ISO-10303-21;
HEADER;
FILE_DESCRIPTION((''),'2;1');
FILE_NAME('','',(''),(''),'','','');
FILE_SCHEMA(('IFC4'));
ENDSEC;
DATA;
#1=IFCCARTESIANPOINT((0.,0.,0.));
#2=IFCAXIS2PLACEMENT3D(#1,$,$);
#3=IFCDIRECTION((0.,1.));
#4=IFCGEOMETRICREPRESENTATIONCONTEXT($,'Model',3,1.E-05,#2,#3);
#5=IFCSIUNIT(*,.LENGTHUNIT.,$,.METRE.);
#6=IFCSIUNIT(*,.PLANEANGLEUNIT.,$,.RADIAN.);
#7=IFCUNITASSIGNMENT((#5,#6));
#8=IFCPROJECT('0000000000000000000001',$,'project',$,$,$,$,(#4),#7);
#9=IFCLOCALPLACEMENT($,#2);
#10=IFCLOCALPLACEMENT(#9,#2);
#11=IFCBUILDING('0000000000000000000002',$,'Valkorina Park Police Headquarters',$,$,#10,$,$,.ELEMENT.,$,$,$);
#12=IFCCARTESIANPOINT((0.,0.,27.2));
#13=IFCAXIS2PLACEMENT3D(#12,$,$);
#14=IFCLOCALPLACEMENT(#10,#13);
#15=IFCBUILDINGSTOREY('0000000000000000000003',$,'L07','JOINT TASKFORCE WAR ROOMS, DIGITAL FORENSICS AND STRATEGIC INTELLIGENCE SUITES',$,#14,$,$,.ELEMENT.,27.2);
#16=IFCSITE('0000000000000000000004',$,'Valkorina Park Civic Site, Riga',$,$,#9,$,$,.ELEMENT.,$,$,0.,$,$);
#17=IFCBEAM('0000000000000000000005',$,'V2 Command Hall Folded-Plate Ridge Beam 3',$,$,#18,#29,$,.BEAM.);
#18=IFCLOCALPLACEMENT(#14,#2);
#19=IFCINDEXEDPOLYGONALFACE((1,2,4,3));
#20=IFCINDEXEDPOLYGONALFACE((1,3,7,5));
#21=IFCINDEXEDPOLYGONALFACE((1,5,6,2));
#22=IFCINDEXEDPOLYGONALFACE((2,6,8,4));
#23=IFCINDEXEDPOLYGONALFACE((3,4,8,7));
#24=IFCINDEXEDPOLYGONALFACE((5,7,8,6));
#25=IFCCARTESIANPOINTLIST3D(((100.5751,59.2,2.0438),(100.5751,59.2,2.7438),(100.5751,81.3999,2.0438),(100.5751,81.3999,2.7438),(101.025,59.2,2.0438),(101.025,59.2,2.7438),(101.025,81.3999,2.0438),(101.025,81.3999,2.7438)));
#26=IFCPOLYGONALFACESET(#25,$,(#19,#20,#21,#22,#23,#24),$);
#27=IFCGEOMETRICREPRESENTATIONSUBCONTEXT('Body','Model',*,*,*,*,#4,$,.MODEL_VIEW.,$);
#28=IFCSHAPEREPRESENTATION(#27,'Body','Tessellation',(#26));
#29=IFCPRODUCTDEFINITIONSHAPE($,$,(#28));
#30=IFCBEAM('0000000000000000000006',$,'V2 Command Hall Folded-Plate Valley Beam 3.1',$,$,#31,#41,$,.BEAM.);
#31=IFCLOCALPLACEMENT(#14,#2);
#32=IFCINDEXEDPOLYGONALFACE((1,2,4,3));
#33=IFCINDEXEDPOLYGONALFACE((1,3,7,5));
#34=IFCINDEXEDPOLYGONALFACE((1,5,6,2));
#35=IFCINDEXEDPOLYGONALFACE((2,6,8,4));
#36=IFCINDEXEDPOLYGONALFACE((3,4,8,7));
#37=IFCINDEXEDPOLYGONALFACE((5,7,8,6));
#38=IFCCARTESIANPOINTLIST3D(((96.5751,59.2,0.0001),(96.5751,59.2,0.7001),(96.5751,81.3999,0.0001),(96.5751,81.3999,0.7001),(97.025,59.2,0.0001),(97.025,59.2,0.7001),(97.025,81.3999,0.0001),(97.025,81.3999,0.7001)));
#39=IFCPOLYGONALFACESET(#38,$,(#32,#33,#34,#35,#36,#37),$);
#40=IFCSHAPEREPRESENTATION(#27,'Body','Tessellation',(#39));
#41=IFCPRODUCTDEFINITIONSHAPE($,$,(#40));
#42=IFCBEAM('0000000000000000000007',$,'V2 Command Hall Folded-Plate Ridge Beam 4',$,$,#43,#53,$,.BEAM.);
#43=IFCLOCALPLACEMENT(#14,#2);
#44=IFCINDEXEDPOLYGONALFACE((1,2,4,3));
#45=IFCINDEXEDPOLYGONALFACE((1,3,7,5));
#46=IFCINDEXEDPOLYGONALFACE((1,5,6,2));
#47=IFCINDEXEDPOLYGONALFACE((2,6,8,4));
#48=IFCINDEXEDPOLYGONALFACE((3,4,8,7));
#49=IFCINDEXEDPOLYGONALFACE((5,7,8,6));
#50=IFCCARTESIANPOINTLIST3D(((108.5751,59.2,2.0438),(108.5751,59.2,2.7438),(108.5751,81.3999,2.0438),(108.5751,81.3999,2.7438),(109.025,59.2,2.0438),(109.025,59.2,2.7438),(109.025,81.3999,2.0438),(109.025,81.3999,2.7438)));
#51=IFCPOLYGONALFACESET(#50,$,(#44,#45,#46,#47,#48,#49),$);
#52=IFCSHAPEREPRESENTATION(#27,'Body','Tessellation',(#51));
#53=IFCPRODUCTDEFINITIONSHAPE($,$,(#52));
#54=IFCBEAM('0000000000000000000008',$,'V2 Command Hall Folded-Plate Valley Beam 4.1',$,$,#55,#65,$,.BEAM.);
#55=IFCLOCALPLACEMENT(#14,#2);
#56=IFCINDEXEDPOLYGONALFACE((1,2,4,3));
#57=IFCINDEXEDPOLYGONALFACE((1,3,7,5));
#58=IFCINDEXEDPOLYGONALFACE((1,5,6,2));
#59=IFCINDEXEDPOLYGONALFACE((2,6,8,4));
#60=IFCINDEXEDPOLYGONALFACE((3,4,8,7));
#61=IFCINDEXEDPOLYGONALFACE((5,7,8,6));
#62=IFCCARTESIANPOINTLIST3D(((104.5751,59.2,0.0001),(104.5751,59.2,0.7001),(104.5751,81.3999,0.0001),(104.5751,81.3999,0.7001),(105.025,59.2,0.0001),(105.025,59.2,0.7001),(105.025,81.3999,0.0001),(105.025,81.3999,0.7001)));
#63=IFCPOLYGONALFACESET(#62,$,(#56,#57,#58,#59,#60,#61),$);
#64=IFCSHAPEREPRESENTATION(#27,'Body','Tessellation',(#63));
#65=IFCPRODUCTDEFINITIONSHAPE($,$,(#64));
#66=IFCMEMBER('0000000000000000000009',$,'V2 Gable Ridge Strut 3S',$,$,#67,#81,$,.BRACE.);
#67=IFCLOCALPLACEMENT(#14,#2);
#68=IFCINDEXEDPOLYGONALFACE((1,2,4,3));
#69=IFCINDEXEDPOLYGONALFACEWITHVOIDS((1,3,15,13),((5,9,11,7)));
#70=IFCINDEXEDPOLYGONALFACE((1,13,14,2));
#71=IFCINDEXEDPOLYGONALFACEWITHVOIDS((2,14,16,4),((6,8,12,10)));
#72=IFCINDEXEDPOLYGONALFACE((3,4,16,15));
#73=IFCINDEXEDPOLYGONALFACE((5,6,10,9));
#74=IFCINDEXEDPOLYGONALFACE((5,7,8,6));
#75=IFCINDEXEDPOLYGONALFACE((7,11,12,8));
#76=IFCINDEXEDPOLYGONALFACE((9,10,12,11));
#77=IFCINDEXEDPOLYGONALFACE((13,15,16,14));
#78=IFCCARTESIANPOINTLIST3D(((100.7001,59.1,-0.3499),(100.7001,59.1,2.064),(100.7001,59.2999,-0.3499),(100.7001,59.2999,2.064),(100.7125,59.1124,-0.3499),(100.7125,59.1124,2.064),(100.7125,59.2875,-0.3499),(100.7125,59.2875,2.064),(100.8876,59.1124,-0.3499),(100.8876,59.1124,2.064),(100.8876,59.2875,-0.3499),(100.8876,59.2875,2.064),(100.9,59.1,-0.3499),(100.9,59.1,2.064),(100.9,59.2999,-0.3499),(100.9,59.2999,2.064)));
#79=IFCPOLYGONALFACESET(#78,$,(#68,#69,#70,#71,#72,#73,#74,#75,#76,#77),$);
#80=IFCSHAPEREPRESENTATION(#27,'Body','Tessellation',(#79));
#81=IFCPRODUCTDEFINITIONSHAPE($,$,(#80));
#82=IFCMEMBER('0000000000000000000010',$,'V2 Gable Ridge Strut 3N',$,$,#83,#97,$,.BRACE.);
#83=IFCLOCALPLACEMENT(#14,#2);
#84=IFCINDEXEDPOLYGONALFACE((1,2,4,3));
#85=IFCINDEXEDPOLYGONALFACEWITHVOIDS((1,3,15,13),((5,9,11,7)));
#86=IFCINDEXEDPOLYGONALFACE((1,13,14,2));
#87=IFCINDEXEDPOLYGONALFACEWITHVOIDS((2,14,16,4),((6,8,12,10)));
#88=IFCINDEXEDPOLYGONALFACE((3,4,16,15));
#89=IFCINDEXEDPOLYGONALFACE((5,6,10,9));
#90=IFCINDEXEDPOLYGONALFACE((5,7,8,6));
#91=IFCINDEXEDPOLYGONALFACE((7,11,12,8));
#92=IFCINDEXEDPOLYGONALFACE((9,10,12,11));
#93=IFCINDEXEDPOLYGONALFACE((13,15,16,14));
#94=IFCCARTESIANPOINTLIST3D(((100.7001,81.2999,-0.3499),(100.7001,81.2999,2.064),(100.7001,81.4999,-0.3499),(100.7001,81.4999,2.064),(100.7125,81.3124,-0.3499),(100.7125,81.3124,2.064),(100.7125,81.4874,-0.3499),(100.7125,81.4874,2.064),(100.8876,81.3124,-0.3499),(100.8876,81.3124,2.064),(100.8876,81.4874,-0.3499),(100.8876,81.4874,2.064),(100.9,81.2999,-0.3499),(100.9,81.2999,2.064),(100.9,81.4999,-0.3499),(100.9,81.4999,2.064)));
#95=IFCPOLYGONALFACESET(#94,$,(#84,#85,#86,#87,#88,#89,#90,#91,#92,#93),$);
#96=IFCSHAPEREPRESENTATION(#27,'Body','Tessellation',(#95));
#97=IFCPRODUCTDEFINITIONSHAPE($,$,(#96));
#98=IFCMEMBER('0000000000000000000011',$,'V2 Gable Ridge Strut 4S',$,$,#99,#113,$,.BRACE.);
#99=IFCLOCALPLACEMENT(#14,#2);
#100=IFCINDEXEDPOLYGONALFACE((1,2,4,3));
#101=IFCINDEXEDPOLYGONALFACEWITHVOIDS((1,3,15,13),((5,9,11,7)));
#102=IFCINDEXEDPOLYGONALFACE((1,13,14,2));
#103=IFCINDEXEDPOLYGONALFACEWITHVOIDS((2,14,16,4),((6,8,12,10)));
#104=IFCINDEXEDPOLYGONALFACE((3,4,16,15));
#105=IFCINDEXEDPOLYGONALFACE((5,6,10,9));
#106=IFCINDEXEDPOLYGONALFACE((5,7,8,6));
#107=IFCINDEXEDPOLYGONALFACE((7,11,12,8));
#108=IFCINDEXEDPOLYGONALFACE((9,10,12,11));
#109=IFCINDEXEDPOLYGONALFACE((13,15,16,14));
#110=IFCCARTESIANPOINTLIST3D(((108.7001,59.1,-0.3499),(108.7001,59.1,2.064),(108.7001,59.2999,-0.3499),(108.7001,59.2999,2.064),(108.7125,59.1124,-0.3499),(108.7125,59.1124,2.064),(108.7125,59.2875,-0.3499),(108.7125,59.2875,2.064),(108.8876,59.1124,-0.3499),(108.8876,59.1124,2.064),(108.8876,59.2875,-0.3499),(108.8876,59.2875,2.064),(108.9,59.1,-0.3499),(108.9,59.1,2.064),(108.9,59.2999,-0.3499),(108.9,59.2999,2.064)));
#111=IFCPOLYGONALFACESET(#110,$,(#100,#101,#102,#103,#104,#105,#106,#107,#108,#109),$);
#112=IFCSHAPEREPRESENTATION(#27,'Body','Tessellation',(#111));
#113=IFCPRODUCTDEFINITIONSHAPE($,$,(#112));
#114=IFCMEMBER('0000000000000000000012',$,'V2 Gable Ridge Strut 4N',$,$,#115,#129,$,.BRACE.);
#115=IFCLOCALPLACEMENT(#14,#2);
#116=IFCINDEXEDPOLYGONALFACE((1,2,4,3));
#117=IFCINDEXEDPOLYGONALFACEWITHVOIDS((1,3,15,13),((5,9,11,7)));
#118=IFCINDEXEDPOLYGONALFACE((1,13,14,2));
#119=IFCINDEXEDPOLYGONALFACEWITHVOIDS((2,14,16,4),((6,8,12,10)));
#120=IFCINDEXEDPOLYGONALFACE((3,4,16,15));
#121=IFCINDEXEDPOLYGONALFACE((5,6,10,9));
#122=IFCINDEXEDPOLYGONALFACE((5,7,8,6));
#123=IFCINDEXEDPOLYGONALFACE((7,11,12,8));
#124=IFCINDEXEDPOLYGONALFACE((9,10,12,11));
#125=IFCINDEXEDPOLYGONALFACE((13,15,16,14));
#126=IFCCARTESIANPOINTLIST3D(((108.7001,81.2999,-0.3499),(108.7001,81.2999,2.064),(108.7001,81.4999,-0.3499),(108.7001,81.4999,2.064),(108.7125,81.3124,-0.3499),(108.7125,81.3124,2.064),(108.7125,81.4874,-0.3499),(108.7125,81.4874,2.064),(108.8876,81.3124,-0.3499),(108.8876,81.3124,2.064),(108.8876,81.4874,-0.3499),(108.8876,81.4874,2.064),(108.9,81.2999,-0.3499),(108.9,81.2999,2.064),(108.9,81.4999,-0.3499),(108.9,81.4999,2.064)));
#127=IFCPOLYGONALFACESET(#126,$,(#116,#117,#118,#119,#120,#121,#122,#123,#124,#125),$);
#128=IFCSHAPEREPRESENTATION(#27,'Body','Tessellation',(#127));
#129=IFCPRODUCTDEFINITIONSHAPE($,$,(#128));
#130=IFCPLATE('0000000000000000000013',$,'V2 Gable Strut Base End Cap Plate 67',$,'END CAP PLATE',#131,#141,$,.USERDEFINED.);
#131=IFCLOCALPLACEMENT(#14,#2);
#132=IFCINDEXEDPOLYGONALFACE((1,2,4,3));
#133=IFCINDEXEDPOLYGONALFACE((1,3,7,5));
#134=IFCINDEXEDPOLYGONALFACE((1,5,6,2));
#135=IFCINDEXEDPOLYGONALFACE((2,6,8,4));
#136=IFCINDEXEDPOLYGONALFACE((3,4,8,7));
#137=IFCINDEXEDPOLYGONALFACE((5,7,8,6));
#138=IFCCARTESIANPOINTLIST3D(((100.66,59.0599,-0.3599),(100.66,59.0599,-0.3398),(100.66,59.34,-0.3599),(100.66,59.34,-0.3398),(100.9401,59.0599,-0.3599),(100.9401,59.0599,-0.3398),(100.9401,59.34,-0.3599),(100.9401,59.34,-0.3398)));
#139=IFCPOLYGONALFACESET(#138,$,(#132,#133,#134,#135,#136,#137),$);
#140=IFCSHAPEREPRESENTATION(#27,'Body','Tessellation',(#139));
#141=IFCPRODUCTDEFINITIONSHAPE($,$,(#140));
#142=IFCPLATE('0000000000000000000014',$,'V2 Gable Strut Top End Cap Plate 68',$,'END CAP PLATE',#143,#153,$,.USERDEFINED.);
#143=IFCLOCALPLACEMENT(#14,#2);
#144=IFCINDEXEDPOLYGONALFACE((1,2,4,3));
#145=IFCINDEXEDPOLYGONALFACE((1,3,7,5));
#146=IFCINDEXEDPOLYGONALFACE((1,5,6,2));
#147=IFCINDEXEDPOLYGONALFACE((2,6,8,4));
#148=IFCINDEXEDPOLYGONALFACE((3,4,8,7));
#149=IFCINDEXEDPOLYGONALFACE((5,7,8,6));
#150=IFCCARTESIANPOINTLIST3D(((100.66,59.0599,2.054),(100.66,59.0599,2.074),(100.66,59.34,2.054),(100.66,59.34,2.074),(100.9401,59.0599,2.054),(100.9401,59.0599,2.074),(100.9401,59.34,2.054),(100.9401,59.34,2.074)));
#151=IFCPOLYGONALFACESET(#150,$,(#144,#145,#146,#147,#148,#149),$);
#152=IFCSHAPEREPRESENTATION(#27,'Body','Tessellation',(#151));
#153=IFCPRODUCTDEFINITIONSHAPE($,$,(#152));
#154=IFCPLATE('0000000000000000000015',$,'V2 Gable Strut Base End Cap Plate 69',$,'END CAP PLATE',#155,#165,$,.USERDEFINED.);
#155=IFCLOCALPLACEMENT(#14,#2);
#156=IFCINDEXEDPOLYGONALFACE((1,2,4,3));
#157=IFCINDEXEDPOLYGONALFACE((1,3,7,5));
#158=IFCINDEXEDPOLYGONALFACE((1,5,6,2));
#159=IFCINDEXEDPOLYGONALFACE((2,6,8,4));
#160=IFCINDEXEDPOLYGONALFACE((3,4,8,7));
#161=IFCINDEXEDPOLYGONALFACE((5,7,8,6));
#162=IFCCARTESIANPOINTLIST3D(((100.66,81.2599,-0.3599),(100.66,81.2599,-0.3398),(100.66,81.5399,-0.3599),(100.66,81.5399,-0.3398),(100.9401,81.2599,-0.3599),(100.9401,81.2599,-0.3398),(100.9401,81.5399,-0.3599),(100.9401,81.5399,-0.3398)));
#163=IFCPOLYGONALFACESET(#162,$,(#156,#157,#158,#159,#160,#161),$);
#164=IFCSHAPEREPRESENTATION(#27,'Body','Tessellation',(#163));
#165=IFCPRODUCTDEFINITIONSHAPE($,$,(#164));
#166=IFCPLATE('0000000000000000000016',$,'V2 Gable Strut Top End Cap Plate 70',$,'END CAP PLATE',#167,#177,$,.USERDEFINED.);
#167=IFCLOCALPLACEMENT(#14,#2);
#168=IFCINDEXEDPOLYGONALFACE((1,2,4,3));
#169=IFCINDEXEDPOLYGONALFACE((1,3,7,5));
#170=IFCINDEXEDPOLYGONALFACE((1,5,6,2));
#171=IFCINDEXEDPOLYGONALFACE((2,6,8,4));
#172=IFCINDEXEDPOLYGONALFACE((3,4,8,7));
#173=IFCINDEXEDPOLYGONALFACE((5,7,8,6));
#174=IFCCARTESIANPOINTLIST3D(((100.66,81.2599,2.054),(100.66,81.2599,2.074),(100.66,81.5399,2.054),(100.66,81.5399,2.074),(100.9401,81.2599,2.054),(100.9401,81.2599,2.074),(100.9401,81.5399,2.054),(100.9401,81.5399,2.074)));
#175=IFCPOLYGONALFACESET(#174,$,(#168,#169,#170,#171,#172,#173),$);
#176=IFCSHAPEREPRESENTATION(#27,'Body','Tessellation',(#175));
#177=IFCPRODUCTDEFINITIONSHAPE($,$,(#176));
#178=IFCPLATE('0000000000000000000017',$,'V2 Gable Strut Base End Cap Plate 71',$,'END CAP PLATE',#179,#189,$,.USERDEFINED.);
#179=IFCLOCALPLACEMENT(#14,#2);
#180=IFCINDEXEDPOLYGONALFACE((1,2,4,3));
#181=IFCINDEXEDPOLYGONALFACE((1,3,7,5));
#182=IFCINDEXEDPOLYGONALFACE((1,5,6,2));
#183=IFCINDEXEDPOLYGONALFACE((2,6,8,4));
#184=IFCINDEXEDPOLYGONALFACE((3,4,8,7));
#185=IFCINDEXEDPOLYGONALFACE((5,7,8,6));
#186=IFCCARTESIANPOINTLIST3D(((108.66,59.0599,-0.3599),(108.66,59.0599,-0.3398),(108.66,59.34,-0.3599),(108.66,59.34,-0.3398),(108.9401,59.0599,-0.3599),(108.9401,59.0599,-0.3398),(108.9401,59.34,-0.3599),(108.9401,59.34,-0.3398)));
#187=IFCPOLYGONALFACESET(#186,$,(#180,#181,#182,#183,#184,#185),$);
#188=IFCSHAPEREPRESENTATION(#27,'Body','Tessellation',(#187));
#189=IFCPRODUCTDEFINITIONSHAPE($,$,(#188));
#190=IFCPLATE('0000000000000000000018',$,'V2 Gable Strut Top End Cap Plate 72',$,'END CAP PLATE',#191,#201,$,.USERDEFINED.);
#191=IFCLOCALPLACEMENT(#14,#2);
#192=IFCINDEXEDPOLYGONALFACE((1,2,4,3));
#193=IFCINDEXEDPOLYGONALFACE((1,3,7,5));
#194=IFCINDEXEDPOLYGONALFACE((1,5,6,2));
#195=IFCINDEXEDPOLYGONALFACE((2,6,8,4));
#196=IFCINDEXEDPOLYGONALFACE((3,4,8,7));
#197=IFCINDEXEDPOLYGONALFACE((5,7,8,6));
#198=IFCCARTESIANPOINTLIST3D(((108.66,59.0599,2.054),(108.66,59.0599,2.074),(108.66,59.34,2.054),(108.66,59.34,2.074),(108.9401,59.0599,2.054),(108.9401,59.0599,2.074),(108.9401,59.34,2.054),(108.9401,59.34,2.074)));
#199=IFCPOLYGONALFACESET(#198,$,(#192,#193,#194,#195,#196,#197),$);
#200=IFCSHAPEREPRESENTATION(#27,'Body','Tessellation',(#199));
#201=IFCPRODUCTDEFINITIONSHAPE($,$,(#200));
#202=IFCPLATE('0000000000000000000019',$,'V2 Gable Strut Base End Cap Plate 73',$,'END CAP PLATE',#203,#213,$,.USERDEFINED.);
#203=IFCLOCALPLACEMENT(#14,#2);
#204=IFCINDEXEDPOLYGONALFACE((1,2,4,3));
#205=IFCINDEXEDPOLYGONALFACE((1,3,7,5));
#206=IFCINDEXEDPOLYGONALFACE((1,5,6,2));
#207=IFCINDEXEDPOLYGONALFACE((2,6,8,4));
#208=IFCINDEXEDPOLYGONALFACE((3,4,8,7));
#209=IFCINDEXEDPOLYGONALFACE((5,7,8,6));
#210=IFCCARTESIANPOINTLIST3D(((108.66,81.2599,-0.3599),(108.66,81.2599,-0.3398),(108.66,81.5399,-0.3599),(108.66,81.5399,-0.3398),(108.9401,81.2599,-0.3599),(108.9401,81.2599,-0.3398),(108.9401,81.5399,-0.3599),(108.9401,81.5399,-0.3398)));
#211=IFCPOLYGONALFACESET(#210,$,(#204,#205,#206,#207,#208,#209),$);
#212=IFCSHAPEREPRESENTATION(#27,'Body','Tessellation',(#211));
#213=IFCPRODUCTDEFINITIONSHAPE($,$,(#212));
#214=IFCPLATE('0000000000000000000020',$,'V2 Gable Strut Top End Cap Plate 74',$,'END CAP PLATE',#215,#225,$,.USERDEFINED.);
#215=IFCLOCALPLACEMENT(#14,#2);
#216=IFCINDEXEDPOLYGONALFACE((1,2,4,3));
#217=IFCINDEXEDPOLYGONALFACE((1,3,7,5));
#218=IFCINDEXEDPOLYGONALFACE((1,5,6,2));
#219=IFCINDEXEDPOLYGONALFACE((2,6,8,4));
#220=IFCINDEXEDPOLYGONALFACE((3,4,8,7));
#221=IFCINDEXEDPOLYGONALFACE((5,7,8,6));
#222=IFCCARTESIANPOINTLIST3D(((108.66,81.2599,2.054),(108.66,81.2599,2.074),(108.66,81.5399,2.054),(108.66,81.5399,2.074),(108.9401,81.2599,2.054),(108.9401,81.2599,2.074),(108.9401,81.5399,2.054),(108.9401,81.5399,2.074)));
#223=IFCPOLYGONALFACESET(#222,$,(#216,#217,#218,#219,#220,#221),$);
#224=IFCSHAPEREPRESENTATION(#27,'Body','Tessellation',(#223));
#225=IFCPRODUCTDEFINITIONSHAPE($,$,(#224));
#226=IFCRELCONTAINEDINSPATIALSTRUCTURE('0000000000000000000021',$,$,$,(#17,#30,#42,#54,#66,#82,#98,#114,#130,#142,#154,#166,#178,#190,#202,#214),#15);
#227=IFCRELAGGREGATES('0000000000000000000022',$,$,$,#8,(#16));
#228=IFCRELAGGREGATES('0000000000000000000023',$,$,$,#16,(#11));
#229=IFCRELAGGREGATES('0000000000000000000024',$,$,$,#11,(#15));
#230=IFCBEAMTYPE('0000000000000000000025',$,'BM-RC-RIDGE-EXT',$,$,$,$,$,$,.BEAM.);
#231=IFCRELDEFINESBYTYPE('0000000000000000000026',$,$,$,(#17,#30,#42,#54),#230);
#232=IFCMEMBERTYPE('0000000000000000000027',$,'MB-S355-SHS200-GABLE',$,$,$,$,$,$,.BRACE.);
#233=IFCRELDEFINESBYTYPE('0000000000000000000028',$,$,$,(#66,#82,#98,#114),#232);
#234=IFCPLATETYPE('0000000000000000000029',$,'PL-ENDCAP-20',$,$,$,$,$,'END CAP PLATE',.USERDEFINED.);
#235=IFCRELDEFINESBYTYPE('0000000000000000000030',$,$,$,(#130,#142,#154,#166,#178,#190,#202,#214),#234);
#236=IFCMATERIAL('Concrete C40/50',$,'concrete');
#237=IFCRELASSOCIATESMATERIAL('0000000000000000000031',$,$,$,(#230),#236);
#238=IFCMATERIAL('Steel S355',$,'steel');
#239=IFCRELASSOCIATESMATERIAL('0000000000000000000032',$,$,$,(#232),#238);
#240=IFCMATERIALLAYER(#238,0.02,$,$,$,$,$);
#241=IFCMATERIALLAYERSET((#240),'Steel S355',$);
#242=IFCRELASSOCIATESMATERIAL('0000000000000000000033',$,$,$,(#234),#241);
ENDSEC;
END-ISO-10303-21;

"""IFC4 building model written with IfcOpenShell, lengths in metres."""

from ifc_helpers import new_model, si_unit, direction, frame, origin, origin_2d, place, context, subcontext, project, spatial, rectangle, hollow_rectangle, extrude, material, layer, layer_set, material_profile, profile_set, type_object, element, save


model = new_model("IFC4")

# Units and contexts
model_context = context("Model", 3, precision=1e-05, world=origin(), true_north=direction((0.0, 1.0)))
body_context = subcontext(model_context, "Body", "Model", "MODEL_VIEW")
ifc_project = project(units=[si_unit("LENGTHUNIT", "METRE"), si_unit("PLANEANGLEUNIT", "RADIAN")], contexts=[model_context])

# Site, building, storey
site_placement = place(None, origin())
site = spatial("IfcSite", under=ifc_project, at=site_placement, Name="Valkorina Park Civic Site, Riga", CompositionType="ELEMENT", RefElevation=0.0)
building_placement = place(site_placement, origin())
building = spatial("IfcBuilding", under=site, at=building_placement, Name="Valkorina Park Police Headquarters", CompositionType="ELEMENT")
storey_placement = place(building_placement, frame((0.0, 0.0, 27.2)))
storey = spatial("IfcBuildingStorey", under=building, at=storey_placement, Name="L07", Description="JOINT TASKFORCE WAR ROOMS, DIGITAL FORENSICS AND STRATEGIC INTELLIGENCE SUITES", CompositionType="ELEMENT", Elevation=27.2)

# Beams
ifc_material_1 = material(Name="Concrete C40/50", Category="concrete")
ifc_material_profile_1 = material_profile(ifc_material_1, rectangle(XDim=0.45, YDim=0.7, at=origin_2d()), Name="RC RIDGE 450x700")
ifc_profile_set_1 = profile_set([ifc_material_profile_1], Name="Concrete C40/50")
beam_type = type_object("IfcBeamType", Name="BM-RC-RIDGE-EXT", PredefinedType="BEAM", material=ifc_profile_set_1)
for number, where, z_axis, x_axis, name in (
    (1, (100.8, 59.2, 2.3938), (0.0, 1.0, 0.0), (-1.0, 0.0, 0.0), "V2 Command Hall Folded-Plate Ridge Beam 3"),
    (2, (96.8, 59.2, 0.3501), (0.0, 1.0, 0.0), (-1.0, 0.0, 0.0), "V2 Command Hall Folded-Plate Valley Beam 3.1"),
    (3, (108.8, 59.2, 2.3938), (0.0, 1.0, 0.0), (-1.0, 0.0, 0.0), "V2 Command Hall Folded-Plate Ridge Beam 4"),
    (4, (104.8, 59.2, 0.3501), (0.0, 1.0, 0.0), (-1.0, 0.0, 0.0), "V2 Command Hall Folded-Plate Valley Beam 4.1"),
):
    element("IfcBeam", number, at=place(storey_placement, frame(where, z_axis=z_axis, x_axis=x_axis)), inside=storey, type_object=beam_type, Name=name, PredefinedType="BEAM", context=body_context, shape_type="SweptSolid", body=[
        extrude(rectangle(XDim=0.45, YDim=0.7, at=origin_2d()), origin(), (0.0, 0.0, 1.0), 22.2),
    ])

# Members
ifc_material_2 = material(Name="Steel S355", Category="steel")
ifc_material_profile_2 = material_profile(ifc_material_2, hollow_rectangle(XDim=0.2, YDim=0.2, WallThickness=0.0125, at=origin_2d()), Name="SHS 200x200x12.5")
ifc_profile_set_2 = profile_set([ifc_material_profile_2], Name="Steel S355")
member_type = type_object("IfcMemberType", Name="MB-S355-SHS200-GABLE", PredefinedType="BRACE", material=ifc_profile_set_2)
for number, where, z_axis, x_axis, name in (
    (5, (100.8, 59.2, -0.3499), (0.0, 0.0, 1.0), (1.0, 0.0, 0.0), "V2 Gable Ridge Strut 3S"),
    (6, (100.8, 81.3999, -0.3499), (0.0, 0.0, 1.0), (1.0, 0.0, 0.0), "V2 Gable Ridge Strut 3N"),
    (7, (108.8, 59.2, -0.3499), (0.0, 0.0, 1.0), (1.0, 0.0, 0.0), "V2 Gable Ridge Strut 4S"),
    (8, (108.8, 81.3999, -0.3499), (0.0, 0.0, 1.0), (1.0, 0.0, 0.0), "V2 Gable Ridge Strut 4N"),
):
    element("IfcMember", number, at=place(storey_placement, frame(where, z_axis=z_axis, x_axis=x_axis)), inside=storey, type_object=member_type, Name=name, PredefinedType="BRACE", context=body_context, shape_type="SweptSolid", body=[
        extrude(hollow_rectangle(XDim=0.2, YDim=0.2, WallThickness=0.0125, at=origin_2d()), origin(), (0.0, 0.0, 1.0), 2.4138),
    ])

# Plates
ifc_layer_1 = layer(ifc_material_2, 0.02)
ifc_layer_set_1 = layer_set([ifc_layer_1], Name="Steel S355")
plate_type = type_object("IfcPlateType", Name="PL-ENDCAP-20", ElementType="END CAP PLATE", PredefinedType="USERDEFINED", material=ifc_layer_set_1)
for number, where, z_axis, x_axis, name in (
    (9, (100.8, 59.2, -0.3599), (0.0, 0.0, 1.0), (1.0, 0.0, 0.0), "V2 Gable Strut Base End Cap Plate 67"),
    (10, (100.8, 59.2, 2.054), (0.0, 0.0, 1.0), (1.0, 0.0, 0.0), "V2 Gable Strut Top End Cap Plate 68"),
    (11, (100.8, 81.3999, -0.3599), (0.0, 0.0, 1.0), (1.0, 0.0, 0.0), "V2 Gable Strut Base End Cap Plate 69"),
    (12, (100.8, 81.3999, 2.054), (0.0, 0.0, 1.0), (1.0, 0.0, 0.0), "V2 Gable Strut Top End Cap Plate 70"),
    (13, (108.8, 59.2, -0.3599), (0.0, 0.0, 1.0), (1.0, 0.0, 0.0), "V2 Gable Strut Base End Cap Plate 71"),
    (14, (108.8, 59.2, 2.054), (0.0, 0.0, 1.0), (1.0, 0.0, 0.0), "V2 Gable Strut Top End Cap Plate 72"),
    (15, (108.8, 81.3999, -0.3599), (0.0, 0.0, 1.0), (1.0, 0.0, 0.0), "V2 Gable Strut Base End Cap Plate 73"),
    (16, (108.8, 81.3999, 2.054), (0.0, 0.0, 1.0), (1.0, 0.0, 0.0), "V2 Gable Strut Top End Cap Plate 74"),
):
    element("IfcPlate", number, at=place(storey_placement, frame(where, z_axis=z_axis, x_axis=x_axis)), inside=storey, type_object=plate_type, Name=name, ObjectType="END CAP PLATE", PredefinedType="USERDEFINED", context=body_context, shape_type="SweptSolid", body=[
        extrude(rectangle(XDim=0.28, YDim=0.28, at=origin_2d()), origin(), (0.0, 0.0, 1.0), 0.02),
    ])

save(model, "model.ifc")
